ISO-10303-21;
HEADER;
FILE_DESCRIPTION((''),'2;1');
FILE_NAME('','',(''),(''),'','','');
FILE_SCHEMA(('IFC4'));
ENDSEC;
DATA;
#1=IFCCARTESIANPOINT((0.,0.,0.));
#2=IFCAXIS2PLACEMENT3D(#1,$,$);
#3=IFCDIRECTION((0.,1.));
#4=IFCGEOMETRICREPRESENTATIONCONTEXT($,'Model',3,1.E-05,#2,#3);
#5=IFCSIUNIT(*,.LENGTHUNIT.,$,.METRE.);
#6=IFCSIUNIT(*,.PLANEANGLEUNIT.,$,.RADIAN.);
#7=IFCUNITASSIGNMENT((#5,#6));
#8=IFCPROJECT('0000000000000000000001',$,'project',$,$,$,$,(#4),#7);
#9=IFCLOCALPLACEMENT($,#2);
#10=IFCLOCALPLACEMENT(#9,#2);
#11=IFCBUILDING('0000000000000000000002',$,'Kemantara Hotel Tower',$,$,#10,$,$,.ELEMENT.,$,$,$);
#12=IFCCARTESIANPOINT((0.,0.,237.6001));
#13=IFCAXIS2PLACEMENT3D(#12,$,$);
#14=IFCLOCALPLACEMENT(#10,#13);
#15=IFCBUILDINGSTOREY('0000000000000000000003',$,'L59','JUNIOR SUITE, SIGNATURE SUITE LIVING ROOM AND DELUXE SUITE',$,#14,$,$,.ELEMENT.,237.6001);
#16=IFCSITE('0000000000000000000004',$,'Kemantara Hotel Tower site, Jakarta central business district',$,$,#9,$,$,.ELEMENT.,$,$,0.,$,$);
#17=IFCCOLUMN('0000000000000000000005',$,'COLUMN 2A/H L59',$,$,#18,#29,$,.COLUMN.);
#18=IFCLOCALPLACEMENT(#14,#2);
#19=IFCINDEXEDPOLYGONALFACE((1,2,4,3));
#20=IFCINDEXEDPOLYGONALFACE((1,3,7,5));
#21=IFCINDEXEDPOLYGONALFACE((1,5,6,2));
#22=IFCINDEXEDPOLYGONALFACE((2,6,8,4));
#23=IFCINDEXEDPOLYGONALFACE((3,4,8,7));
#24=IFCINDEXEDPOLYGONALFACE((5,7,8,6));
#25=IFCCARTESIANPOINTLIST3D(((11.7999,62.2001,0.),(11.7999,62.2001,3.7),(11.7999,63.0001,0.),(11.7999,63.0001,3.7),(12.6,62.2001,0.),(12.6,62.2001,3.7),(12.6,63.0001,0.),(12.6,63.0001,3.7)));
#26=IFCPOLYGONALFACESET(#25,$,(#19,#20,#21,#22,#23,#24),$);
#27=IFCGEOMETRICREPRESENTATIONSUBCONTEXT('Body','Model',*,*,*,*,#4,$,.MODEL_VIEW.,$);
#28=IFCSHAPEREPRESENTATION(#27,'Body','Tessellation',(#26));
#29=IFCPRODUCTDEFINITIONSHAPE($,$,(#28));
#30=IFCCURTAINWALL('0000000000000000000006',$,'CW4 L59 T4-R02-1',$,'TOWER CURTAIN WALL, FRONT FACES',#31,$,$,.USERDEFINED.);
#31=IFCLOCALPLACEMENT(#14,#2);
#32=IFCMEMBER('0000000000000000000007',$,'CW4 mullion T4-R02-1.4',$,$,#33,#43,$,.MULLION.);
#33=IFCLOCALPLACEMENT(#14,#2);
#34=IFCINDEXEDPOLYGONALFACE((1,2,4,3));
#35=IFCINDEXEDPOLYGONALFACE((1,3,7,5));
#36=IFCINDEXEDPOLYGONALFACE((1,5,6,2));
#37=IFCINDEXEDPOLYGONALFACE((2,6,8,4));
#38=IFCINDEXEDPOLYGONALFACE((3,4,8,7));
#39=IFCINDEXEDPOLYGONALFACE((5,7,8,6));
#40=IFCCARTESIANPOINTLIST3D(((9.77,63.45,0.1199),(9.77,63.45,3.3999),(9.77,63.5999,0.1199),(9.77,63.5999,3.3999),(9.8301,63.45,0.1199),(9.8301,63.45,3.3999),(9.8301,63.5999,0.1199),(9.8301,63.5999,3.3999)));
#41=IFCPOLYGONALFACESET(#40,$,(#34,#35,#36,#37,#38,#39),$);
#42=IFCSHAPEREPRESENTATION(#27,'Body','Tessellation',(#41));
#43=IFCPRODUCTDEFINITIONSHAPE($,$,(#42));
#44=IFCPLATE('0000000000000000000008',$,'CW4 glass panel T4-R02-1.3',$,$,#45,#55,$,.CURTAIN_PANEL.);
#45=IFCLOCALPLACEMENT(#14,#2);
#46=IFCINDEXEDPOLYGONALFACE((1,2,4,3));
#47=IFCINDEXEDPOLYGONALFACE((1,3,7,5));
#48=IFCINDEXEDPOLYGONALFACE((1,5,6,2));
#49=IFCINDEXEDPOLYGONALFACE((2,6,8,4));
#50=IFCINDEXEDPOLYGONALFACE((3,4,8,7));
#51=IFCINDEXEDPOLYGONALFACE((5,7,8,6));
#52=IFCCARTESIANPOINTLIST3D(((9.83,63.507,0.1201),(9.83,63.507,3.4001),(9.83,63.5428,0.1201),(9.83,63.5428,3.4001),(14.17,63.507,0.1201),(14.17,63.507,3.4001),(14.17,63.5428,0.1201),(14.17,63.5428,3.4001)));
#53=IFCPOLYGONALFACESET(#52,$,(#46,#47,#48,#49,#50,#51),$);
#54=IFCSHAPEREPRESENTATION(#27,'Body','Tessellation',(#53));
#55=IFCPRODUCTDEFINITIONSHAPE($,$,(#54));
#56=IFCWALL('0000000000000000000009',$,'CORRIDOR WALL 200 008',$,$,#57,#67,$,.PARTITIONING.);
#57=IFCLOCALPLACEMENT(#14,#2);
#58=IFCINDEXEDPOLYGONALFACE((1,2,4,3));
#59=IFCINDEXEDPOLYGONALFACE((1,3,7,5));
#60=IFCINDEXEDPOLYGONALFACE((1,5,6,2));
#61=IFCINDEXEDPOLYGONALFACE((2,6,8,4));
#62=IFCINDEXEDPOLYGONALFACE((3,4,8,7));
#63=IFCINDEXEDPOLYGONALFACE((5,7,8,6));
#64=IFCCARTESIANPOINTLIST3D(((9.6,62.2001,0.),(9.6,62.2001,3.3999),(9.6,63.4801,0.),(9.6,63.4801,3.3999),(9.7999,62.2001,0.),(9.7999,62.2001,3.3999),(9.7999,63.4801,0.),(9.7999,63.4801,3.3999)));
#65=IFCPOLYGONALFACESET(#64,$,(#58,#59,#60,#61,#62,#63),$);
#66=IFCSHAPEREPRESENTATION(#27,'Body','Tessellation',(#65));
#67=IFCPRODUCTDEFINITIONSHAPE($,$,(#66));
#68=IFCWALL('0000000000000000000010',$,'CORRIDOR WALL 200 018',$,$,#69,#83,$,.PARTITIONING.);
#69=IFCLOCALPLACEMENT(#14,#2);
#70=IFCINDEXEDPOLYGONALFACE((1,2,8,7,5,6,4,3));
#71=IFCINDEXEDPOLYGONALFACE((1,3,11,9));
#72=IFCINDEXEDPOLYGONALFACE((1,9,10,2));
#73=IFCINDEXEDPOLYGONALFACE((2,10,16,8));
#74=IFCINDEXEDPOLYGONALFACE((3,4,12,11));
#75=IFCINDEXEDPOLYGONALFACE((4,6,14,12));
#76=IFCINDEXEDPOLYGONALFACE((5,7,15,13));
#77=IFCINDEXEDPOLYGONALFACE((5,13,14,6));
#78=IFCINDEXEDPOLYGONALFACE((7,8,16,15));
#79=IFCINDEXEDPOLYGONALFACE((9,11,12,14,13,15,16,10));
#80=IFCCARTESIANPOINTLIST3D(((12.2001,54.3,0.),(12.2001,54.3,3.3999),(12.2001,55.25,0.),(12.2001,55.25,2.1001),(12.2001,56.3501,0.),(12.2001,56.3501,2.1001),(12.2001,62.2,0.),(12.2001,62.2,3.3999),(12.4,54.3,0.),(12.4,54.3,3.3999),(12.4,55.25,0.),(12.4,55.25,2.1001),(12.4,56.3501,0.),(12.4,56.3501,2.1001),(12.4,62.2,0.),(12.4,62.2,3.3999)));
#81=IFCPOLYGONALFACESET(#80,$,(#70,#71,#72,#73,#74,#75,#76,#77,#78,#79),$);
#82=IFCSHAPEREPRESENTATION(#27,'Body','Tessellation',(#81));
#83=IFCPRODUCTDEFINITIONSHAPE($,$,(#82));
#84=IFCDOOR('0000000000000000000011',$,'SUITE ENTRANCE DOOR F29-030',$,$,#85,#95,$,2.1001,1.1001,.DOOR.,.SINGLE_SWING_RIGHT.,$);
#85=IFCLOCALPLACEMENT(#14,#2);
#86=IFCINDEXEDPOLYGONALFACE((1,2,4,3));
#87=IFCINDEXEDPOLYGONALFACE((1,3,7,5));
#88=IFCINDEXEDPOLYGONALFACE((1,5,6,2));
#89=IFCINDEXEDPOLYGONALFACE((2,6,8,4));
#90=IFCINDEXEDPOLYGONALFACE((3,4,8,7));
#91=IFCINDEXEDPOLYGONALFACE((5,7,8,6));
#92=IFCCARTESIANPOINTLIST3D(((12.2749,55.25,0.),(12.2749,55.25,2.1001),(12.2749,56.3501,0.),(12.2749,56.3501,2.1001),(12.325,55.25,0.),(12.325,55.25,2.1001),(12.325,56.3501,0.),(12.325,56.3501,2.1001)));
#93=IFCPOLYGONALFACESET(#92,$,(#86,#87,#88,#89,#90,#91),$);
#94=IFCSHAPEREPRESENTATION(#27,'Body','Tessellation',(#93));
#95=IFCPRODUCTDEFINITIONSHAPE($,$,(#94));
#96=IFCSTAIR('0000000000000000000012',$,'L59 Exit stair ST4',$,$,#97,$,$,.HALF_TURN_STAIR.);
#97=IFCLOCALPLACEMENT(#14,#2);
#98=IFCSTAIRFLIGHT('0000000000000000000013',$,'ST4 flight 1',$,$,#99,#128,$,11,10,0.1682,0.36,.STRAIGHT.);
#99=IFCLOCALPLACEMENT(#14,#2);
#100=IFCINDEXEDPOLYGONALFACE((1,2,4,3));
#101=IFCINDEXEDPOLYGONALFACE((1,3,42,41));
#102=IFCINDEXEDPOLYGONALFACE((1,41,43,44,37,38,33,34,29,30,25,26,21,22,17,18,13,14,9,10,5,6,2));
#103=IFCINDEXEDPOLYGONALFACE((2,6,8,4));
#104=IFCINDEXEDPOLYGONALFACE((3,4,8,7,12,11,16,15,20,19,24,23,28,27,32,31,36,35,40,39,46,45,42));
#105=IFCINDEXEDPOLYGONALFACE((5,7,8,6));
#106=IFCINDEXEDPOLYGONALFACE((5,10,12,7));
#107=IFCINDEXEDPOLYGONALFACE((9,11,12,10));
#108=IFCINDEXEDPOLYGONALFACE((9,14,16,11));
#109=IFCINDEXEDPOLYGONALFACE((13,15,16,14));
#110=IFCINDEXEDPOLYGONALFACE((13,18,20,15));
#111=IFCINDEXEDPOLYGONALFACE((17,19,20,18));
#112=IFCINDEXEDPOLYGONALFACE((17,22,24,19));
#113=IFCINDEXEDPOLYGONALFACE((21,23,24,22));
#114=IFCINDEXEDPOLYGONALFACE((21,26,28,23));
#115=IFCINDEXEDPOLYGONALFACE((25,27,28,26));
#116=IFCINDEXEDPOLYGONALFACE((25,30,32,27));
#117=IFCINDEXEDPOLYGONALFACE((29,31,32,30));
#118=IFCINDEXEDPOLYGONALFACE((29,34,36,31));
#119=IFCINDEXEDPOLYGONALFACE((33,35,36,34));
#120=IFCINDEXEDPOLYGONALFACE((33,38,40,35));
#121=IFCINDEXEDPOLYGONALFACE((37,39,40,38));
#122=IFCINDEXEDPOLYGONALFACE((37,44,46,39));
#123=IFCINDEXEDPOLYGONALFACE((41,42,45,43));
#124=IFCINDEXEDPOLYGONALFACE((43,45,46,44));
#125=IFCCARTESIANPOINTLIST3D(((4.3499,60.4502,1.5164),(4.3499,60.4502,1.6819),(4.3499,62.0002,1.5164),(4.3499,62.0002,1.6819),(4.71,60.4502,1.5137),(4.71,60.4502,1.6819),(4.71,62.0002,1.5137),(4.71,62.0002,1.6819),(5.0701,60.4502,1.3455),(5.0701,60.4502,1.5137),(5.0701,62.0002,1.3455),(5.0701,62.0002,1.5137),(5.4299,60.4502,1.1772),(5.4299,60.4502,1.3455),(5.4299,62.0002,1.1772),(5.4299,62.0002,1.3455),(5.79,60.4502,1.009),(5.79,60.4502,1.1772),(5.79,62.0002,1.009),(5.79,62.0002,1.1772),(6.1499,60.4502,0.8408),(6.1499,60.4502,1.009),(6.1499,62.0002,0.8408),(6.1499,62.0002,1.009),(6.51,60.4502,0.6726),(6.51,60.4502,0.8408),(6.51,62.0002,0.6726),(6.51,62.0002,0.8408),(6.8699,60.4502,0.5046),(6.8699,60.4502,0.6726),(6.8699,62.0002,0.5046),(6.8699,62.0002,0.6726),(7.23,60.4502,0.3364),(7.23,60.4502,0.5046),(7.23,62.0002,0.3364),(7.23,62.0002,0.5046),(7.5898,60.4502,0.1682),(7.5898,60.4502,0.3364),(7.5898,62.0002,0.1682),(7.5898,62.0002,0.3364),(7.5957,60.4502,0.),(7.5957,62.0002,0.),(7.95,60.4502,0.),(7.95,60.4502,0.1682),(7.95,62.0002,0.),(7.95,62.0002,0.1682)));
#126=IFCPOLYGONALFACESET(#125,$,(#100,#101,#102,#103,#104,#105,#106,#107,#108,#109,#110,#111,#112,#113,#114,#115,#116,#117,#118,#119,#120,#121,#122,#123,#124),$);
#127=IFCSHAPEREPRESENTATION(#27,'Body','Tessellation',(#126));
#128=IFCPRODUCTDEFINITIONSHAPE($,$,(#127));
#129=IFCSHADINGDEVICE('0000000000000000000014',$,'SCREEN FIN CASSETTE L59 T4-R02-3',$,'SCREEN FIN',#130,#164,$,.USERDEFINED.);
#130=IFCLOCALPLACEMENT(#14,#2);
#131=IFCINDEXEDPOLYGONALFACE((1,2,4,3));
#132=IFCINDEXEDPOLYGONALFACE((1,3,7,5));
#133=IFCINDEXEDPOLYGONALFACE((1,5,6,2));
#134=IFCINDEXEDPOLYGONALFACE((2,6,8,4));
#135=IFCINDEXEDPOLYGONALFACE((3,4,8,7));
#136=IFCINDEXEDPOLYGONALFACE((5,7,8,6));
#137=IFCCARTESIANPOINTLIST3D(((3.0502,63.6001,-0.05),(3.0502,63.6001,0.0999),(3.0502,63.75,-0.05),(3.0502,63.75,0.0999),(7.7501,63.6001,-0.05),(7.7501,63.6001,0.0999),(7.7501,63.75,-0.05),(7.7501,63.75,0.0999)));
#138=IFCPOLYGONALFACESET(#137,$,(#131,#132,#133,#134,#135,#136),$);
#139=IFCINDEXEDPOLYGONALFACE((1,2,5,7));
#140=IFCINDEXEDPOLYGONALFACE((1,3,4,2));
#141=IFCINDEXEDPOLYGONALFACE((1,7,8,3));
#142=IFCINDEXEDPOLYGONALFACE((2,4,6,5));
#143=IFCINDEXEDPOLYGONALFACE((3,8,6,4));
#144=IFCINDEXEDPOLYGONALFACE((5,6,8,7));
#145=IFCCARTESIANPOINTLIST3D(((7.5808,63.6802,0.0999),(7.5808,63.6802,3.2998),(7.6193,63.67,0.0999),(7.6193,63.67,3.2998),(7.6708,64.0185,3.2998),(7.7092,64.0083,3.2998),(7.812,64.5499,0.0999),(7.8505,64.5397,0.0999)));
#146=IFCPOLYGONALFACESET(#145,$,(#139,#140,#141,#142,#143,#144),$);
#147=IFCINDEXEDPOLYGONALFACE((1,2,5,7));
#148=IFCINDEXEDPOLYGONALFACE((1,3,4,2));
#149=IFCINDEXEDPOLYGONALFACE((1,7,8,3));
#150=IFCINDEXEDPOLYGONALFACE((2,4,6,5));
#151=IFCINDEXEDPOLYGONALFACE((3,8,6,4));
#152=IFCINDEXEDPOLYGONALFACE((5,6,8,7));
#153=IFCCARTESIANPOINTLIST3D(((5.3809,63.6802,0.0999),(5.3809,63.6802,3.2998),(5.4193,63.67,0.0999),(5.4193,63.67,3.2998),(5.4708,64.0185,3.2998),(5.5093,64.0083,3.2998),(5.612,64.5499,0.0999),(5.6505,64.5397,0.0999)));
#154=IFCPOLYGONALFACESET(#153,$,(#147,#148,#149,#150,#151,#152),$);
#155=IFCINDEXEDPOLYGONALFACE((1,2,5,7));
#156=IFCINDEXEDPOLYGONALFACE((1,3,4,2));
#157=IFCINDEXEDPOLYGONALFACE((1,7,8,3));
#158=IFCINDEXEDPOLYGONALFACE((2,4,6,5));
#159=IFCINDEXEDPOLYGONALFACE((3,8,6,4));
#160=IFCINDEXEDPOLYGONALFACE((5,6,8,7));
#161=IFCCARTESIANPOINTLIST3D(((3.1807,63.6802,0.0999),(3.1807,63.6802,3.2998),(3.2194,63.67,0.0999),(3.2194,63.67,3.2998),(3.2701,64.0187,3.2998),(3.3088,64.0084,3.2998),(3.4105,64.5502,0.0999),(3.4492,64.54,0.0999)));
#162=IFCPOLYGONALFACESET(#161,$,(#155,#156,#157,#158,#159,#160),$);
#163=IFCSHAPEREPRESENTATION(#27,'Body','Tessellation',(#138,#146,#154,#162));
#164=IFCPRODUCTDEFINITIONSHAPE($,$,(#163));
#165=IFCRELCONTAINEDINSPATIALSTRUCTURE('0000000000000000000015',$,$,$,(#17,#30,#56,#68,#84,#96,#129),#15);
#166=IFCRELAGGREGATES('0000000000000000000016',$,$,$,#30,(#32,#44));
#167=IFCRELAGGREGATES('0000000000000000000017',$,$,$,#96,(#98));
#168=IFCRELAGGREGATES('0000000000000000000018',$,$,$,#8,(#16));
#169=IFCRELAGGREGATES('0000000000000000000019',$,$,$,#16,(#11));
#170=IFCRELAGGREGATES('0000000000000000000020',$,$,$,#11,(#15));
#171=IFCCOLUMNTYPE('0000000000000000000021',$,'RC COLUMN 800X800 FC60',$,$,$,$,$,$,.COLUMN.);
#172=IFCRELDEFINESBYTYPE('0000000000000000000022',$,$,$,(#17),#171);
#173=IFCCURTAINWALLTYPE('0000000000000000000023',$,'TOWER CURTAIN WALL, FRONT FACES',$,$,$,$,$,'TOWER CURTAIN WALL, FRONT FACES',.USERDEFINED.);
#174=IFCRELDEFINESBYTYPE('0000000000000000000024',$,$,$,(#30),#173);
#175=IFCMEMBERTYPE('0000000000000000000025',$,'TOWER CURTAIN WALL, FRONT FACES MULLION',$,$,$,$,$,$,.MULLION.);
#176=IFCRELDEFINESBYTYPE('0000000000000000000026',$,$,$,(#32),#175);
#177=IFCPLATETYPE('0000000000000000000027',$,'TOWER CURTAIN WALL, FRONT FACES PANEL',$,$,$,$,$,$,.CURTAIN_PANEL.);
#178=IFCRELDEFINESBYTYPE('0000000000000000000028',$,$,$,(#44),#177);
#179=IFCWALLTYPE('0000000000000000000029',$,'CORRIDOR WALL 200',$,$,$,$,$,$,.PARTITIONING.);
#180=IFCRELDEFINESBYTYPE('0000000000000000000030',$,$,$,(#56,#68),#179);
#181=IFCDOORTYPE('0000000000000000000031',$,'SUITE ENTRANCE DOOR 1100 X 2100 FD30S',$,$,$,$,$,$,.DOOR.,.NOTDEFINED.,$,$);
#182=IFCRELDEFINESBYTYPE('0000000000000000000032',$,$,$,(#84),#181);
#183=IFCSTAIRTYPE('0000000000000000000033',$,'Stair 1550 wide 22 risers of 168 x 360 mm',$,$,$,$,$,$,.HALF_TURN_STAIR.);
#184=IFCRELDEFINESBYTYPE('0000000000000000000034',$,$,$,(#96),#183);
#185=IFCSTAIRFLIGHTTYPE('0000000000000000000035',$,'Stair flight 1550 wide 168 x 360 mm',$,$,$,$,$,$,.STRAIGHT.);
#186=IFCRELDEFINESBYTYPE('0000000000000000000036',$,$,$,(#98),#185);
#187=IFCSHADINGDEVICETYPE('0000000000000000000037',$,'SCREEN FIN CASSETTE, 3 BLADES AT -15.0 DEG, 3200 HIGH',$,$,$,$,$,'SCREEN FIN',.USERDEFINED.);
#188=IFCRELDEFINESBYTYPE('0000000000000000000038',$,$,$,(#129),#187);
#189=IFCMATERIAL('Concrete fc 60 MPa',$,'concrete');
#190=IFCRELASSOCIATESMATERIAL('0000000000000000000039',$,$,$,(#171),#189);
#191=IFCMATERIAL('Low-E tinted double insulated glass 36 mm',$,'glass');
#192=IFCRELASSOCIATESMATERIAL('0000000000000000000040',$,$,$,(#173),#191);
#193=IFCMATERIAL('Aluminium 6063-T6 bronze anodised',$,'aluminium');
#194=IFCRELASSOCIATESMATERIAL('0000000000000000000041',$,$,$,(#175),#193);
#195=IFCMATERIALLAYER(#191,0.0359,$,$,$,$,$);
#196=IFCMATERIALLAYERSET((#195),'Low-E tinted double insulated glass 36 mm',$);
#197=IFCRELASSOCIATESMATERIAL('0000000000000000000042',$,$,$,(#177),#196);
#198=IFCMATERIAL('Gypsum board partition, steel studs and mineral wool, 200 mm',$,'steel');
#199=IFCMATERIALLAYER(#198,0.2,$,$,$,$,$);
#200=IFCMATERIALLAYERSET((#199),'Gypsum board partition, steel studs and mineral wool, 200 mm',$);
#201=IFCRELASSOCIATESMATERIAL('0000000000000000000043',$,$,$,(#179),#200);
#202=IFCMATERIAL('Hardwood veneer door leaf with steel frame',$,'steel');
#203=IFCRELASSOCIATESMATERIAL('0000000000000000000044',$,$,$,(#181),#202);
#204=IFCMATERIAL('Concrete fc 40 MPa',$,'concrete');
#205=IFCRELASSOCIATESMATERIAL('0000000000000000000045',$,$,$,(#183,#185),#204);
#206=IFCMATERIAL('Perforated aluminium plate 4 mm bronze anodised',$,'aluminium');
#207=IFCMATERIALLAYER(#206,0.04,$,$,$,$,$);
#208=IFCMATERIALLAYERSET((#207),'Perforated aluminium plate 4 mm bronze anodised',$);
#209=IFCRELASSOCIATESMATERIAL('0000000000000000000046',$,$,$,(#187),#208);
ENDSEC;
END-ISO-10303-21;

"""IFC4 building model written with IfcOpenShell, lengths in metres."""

from ifc_helpers import new_model, si_unit, direction, frame, frame_2d, origin, origin_2d, place, context, subcontext, project, spatial, polyline, rectangle, outline, extrude, source, transform, mapped, material, layer, layer_set, material_profile, profile_set, type_object, element, fill, aggregate, save


model = new_model("IFC4")

# Units and contexts
model_context = context("Model", 3, precision=1e-05, world=origin(), true_north=direction((0.0, 1.0)))
body_context = subcontext(model_context, "Body", "Model", "MODEL_VIEW")
ifc_project = project(units=[si_unit("LENGTHUNIT", "METRE"), si_unit("PLANEANGLEUNIT", "RADIAN")], contexts=[model_context])

# Site, building, storey
site_placement = place(None, origin())
site = spatial("IfcSite", under=ifc_project, at=site_placement, Name="Kemantara Hotel Tower site, Jakarta central business district", CompositionType="ELEMENT", RefElevation=0.0)
building_placement = place(site_placement, origin())
building = spatial("IfcBuilding", under=site, at=building_placement, Name="Kemantara Hotel Tower", CompositionType="ELEMENT")
storey_placement = place(building_placement, frame((0.0, 0.0, 237.6001)))
storey = spatial("IfcBuildingStorey", under=building, at=storey_placement, Name="L59", Description="JUNIOR SUITE, SIGNATURE SUITE LIVING ROOM AND DELUXE SUITE", CompositionType="ELEMENT", Elevation=237.6001)

# Column
ifc_material_1 = material(Name="Concrete fc 60 MPa", Category="concrete")
ifc_material_profile_1 = material_profile(ifc_material_1, rectangle(XDim=0.8, YDim=0.8, at=origin_2d()), Name="RC 800X800")
ifc_profile_set_1 = profile_set([ifc_material_profile_1], Name="Concrete fc 60 MPa")
column_type = type_object("IfcColumnType", Name="RC COLUMN 800X800 FC60", PredefinedType="COLUMN", material=ifc_profile_set_1)
column_placement = place(storey_placement, frame((12.2, 62.6001, 0.0), z_axis=(0.0, 0.0, 1.0), x_axis=(1.0, 0.0, 0.0)))
element("IfcColumn", 1, at=column_placement, inside=storey, type_object=column_type, Name="COLUMN 2A/H L59", PredefinedType="COLUMN", context=body_context, shape_type="SweptSolid", body=[
    extrude(rectangle(XDim=0.8, YDim=0.8, at=origin_2d()), origin(), (0.0, 0.0, 1.0), 3.7),
])

# Curtain wall, member, plate
ifc_material_2 = material(Name="Low-E tinted double insulated glass 36 mm", Category="glass")
curtain_wall_type = type_object("IfcCurtainWallType", Name="TOWER CURTAIN WALL, FRONT FACES", ElementType="TOWER CURTAIN WALL, FRONT FACES", PredefinedType="USERDEFINED", material=ifc_material_2)
curtain_wall_placement = place(storey_placement, origin())
curtain_wall = element("IfcCurtainWall", 2, at=curtain_wall_placement, inside=storey, type_object=curtain_wall_type, Name="CW4 L59 T4-R02-1", ObjectType="TOWER CURTAIN WALL, FRONT FACES", PredefinedType="USERDEFINED")
ifc_material_3 = material(Name="Aluminium 6063-T6 bronze anodised", Category="aluminium")
ifc_material_profile_2 = material_profile(ifc_material_3, rectangle(XDim=0.1499, YDim=0.0601, at=origin_2d()), Name="TOWER CURTAIN WALL, FRONT FACES MULLION")
ifc_profile_set_2 = profile_set([ifc_material_profile_2], Name="Aluminium 6063-T6 bronze anodised")
member_type = type_object("IfcMemberType", Name="TOWER CURTAIN WALL, FRONT FACES MULLION", PredefinedType="MULLION", material=ifc_profile_set_2)
shared_shape_1 = source(origin(), body_context, "Body", "SweptSolid", [
    extrude(rectangle(XDim=0.1499, YDim=0.0601, at=origin_2d()), origin(), (0.0, 0.0, 1.0), 3.28),
])
member_placement = place(storey_placement, frame((9.8, 63.5249, 0.1199), z_axis=(0.0, 0.0, 1.0), x_axis=(0.0, -1.0, 0.0)))
member = element("IfcMember", 3, at=member_placement, type_object=member_type, Name="CW4 mullion T4-R02-1.4", PredefinedType="MULLION", context=body_context, shape_type="MappedRepresentation", body=[
    mapped(shared_shape_1, transform((0.0, 0.0, 0.0))),
])
ifc_layer_1 = layer(ifc_material_2, 0.0359)
ifc_layer_set_1 = layer_set([ifc_layer_1], Name="Low-E tinted double insulated glass 36 mm")
plate_type = type_object("IfcPlateType", Name="TOWER CURTAIN WALL, FRONT FACES PANEL", PredefinedType="CURTAIN_PANEL", material=ifc_layer_set_1)
shared_shape_2 = source(origin(), body_context, "Body", "SweptSolid", [
    extrude(rectangle(XDim=4.3401, YDim=0.0359, at=origin_2d()), origin(), (0.0, 0.0, 1.0), 3.28),
])
plate_placement = place(storey_placement, frame((12.0, 63.5249, 0.1201), z_axis=(0.0, 0.0, 1.0), x_axis=(-1.0, 0.0, 0.0)))
plate = element("IfcPlate", 4, at=plate_placement, type_object=plate_type, Name="CW4 glass panel T4-R02-1.3", PredefinedType="CURTAIN_PANEL", context=body_context, shape_type="MappedRepresentation", body=[
    mapped(shared_shape_2, transform((0.0, 0.0, 0.0))),
])
aggregate(curtain_wall, [member, plate])

# Wall
ifc_material_4 = material(Name="Gypsum board partition, steel studs and mineral wool, 200 mm", Category="steel")
ifc_layer_2 = layer(ifc_material_4, 0.2)
ifc_layer_set_2 = layer_set([ifc_layer_2], Name="Gypsum board partition, steel studs and mineral wool, 200 mm")
wall_type = type_object("IfcWallType", Name="CORRIDOR WALL 200", PredefinedType="PARTITIONING", material=ifc_layer_set_2)
wall_1_placement = place(storey_placement, frame((9.7, 62.2, 0.0), z_axis=(0.0, 0.0, 1.0), x_axis=(0.0, 1.0, 0.0)))
element("IfcWall", 5, at=wall_1_placement, inside=storey, type_object=wall_type, Name="CORRIDOR WALL 200 008", PredefinedType="PARTITIONING", context=body_context, shape_type="SweptSolid", body=[
    extrude(rectangle(XDim=1.28, YDim=0.2, at=frame_2d((0.6401, 0.0))), origin(), (0.0, 0.0, 1.0), 3.3999),
])

# Wall, opening, door
wall_2_placement = place(storey_placement, frame((12.3, 62.2, 0.0), z_axis=(0.0, 0.0, 1.0), x_axis=(0.0, -1.0, 0.0)))
wall_2 = element("IfcWall", 6, at=wall_2_placement, inside=storey, type_object=wall_type, Name="CORRIDOR WALL 200 018", PredefinedType="PARTITIONING", context=body_context, shape_type="SweptSolid", body=[
    extrude(rectangle(XDim=7.8999, YDim=0.2, at=frame_2d((3.95, 0.0))), origin(), (0.0, 0.0, 1.0), 3.3999),
])
opening_placement = place(wall_2_placement, frame((5.8499, 0.0, 0.0)))
opening = element("IfcOpeningElement", 7, at=opening_placement, cuts=wall_2, PredefinedType="OPENING", context=body_context, shape_type="SweptSolid", body=[
    extrude(rectangle(XDim=1.1001, YDim=2.1001, at=frame_2d((0.55, 1.05))), frame((0.0, 0.1099, 0.0), z_axis=(0.0, -1.0, 0.0), x_axis=(1.0, 0.0, 0.0)), (0.0, 0.0, 1.0), 0.22),
])
ifc_material_5 = material(Name="Hardwood veneer door leaf with steel frame", Category="steel")
door_type = type_object("IfcDoorType", Name="SUITE ENTRANCE DOOR 1100 X 2100 FD30S", OperationType="NOTDEFINED", PredefinedType="DOOR", material=ifc_material_5)
door_placement = place(opening_placement, origin())
door = element("IfcDoor", 8, at=door_placement, inside=storey, type_object=door_type, Name="SUITE ENTRANCE DOOR F29-030", OperationType="SINGLE_SWING_RIGHT", OverallHeight=2.1001, OverallWidth=1.1001, PredefinedType="DOOR", context=body_context, shape_type="SweptSolid", body=[
    extrude(rectangle(XDim=1.1001, YDim=2.1001, at=frame_2d((0.55, 1.05))), frame((0.0, 0.0249, 0.0), z_axis=(0.0, -1.0, 0.0), x_axis=(1.0, 0.0, 0.0)), (0.0, 0.0, 1.0), 0.05),
])
fill(opening, door)

# Stair, stair flight
ifc_material_6 = material(Name="Concrete fc 40 MPa", Category="concrete")
stair_type = type_object("IfcStairType", Name="Stair 1550 wide 22 risers of 168 x 360 mm", PredefinedType="HALF_TURN_STAIR", material=ifc_material_6)
stair_placement = place(storey_placement, origin())
stair = element("IfcStair", 9, at=stair_placement, inside=storey, type_object=stair_type, Name="L59 Exit stair ST4", PredefinedType="HALF_TURN_STAIR")
stair_flight_type = type_object("IfcStairFlightType", Name="Stair flight 1550 wide 168 x 360 mm", PredefinedType="STRAIGHT", material=ifc_material_6)
stair_flight_placement = place(storey_placement, frame((7.95, 61.2251, 0.0), z_axis=(0.0, 0.0, 1.0), x_axis=(-1.0, 0.0, 0.0)))
stair_flight = element("IfcStairFlight", 10, at=stair_flight_placement, type_object=stair_flight_type, Name="ST4 flight 1", NumberOfRisers=11, NumberOfTreads=10, PredefinedType="STRAIGHT", RiserHeight=0.1682, TreadLength=0.36, context=body_context, shape_type="SweptSolid", body=[
    extrude(outline(polyline([(0.0, 0.0), (0.0, 0.1682), (0.3601, 0.1682), (0.3601, 0.3364), (0.72, 0.3364), (0.72, 0.5046), (1.0801, 0.5046), (1.0801, 0.6726), (1.4399, 0.6726), (1.4399, 0.8408), (1.8, 0.8408), (1.8, 1.009), (2.1599, 1.009), (2.1599, 1.1772), (2.52, 1.1772), (2.52, 1.3455), (2.8799, 1.3455), (2.8799, 1.5137), (3.24, 1.5137), (3.24, 1.6819), (3.6001, 1.6819), (3.6001, 1.8501), (3.6001, 1.5164), (0.3542, 0.0), (0.0, 0.0)])), frame((0.0, 0.7749, 0.0), z_axis=(0.0, -1.0, 0.0), x_axis=(1.0, 0.0, 0.0)), (0.0, 0.0, 1.0), 1.55),
])
aggregate(stair, [stair_flight])

# Shading device
ifc_material_7 = material(Name="Perforated aluminium plate 4 mm bronze anodised", Category="aluminium")
ifc_layer_3 = layer(ifc_material_7, 0.04)
ifc_layer_set_3 = layer_set([ifc_layer_3], Name="Perforated aluminium plate 4 mm bronze anodised")
shading_device_type = type_object("IfcShadingDeviceType", Name="SCREEN FIN CASSETTE, 3 BLADES AT -15.0 DEG, 3200 HIGH", ElementType="SCREEN FIN", PredefinedType="USERDEFINED", material=ifc_layer_set_3)
shared_shape_3 = source(origin(), body_context, "Body", "SweptSolid", [
    extrude(rectangle(XDim=4.7, YDim=0.1499, at=origin_2d()), frame((2.2, -0.075, -0.1499), z_axis=(0.0, 0.0, 1.0), x_axis=(1.0, 0.0, 0.0)), (0.0, 0.0, 1.0), 0.1499),
    extrude(outline(polyline([(0.0, 0.0), (0.8999, 0.0), (0.3501, 3.2), (0.0, 3.2), (0.0, 0.0)])), frame((0.0193, -0.0801, 0.0), z_axis=(-0.966438, 0.256901, 0.0), x_axis=(-0.256901, -0.966438, 0.0)), (0.0, 0.0, 1.0), 0.0398),
    extrude(outline(polyline([(0.0, 0.0), (0.8999, 0.0), (0.3501, 3.2), (0.0, 3.2), (0.0, 0.0)])), frame((2.2192, -0.0801, 0.0), z_axis=(-0.966438, 0.256901, 0.0), x_axis=(-0.256901, -0.966438, 0.0)), (0.0, 0.0, 1.0), 0.0398),
    extrude(outline(polyline([(0.0, 0.0), (0.8999, 0.0), (0.3501, 3.2), (0.0, 3.2), (0.0, 0.0)])), frame((4.4194, -0.0801, 0.0), z_axis=(-0.966838, 0.255391, 0.0), x_axis=(-0.255391, -0.966838, 0.0)), (0.0, 0.0, 1.0), 0.04),
])
shading_device_placement = place(storey_placement, frame((7.6001, 63.6001, 0.0999), z_axis=(0.0, 0.0, 1.0), x_axis=(-1.0, 0.0, 0.0)))
element("IfcShadingDevice", 11, at=shading_device_placement, inside=storey, type_object=shading_device_type, Name="SCREEN FIN CASSETTE L59 T4-R02-3", ObjectType="SCREEN FIN", PredefinedType="USERDEFINED", context=body_context, shape_type="MappedRepresentation", body=[
    mapped(shared_shape_3, transform((0.0, 0.0, 0.0))),
])

save(model, "model.ifc")
